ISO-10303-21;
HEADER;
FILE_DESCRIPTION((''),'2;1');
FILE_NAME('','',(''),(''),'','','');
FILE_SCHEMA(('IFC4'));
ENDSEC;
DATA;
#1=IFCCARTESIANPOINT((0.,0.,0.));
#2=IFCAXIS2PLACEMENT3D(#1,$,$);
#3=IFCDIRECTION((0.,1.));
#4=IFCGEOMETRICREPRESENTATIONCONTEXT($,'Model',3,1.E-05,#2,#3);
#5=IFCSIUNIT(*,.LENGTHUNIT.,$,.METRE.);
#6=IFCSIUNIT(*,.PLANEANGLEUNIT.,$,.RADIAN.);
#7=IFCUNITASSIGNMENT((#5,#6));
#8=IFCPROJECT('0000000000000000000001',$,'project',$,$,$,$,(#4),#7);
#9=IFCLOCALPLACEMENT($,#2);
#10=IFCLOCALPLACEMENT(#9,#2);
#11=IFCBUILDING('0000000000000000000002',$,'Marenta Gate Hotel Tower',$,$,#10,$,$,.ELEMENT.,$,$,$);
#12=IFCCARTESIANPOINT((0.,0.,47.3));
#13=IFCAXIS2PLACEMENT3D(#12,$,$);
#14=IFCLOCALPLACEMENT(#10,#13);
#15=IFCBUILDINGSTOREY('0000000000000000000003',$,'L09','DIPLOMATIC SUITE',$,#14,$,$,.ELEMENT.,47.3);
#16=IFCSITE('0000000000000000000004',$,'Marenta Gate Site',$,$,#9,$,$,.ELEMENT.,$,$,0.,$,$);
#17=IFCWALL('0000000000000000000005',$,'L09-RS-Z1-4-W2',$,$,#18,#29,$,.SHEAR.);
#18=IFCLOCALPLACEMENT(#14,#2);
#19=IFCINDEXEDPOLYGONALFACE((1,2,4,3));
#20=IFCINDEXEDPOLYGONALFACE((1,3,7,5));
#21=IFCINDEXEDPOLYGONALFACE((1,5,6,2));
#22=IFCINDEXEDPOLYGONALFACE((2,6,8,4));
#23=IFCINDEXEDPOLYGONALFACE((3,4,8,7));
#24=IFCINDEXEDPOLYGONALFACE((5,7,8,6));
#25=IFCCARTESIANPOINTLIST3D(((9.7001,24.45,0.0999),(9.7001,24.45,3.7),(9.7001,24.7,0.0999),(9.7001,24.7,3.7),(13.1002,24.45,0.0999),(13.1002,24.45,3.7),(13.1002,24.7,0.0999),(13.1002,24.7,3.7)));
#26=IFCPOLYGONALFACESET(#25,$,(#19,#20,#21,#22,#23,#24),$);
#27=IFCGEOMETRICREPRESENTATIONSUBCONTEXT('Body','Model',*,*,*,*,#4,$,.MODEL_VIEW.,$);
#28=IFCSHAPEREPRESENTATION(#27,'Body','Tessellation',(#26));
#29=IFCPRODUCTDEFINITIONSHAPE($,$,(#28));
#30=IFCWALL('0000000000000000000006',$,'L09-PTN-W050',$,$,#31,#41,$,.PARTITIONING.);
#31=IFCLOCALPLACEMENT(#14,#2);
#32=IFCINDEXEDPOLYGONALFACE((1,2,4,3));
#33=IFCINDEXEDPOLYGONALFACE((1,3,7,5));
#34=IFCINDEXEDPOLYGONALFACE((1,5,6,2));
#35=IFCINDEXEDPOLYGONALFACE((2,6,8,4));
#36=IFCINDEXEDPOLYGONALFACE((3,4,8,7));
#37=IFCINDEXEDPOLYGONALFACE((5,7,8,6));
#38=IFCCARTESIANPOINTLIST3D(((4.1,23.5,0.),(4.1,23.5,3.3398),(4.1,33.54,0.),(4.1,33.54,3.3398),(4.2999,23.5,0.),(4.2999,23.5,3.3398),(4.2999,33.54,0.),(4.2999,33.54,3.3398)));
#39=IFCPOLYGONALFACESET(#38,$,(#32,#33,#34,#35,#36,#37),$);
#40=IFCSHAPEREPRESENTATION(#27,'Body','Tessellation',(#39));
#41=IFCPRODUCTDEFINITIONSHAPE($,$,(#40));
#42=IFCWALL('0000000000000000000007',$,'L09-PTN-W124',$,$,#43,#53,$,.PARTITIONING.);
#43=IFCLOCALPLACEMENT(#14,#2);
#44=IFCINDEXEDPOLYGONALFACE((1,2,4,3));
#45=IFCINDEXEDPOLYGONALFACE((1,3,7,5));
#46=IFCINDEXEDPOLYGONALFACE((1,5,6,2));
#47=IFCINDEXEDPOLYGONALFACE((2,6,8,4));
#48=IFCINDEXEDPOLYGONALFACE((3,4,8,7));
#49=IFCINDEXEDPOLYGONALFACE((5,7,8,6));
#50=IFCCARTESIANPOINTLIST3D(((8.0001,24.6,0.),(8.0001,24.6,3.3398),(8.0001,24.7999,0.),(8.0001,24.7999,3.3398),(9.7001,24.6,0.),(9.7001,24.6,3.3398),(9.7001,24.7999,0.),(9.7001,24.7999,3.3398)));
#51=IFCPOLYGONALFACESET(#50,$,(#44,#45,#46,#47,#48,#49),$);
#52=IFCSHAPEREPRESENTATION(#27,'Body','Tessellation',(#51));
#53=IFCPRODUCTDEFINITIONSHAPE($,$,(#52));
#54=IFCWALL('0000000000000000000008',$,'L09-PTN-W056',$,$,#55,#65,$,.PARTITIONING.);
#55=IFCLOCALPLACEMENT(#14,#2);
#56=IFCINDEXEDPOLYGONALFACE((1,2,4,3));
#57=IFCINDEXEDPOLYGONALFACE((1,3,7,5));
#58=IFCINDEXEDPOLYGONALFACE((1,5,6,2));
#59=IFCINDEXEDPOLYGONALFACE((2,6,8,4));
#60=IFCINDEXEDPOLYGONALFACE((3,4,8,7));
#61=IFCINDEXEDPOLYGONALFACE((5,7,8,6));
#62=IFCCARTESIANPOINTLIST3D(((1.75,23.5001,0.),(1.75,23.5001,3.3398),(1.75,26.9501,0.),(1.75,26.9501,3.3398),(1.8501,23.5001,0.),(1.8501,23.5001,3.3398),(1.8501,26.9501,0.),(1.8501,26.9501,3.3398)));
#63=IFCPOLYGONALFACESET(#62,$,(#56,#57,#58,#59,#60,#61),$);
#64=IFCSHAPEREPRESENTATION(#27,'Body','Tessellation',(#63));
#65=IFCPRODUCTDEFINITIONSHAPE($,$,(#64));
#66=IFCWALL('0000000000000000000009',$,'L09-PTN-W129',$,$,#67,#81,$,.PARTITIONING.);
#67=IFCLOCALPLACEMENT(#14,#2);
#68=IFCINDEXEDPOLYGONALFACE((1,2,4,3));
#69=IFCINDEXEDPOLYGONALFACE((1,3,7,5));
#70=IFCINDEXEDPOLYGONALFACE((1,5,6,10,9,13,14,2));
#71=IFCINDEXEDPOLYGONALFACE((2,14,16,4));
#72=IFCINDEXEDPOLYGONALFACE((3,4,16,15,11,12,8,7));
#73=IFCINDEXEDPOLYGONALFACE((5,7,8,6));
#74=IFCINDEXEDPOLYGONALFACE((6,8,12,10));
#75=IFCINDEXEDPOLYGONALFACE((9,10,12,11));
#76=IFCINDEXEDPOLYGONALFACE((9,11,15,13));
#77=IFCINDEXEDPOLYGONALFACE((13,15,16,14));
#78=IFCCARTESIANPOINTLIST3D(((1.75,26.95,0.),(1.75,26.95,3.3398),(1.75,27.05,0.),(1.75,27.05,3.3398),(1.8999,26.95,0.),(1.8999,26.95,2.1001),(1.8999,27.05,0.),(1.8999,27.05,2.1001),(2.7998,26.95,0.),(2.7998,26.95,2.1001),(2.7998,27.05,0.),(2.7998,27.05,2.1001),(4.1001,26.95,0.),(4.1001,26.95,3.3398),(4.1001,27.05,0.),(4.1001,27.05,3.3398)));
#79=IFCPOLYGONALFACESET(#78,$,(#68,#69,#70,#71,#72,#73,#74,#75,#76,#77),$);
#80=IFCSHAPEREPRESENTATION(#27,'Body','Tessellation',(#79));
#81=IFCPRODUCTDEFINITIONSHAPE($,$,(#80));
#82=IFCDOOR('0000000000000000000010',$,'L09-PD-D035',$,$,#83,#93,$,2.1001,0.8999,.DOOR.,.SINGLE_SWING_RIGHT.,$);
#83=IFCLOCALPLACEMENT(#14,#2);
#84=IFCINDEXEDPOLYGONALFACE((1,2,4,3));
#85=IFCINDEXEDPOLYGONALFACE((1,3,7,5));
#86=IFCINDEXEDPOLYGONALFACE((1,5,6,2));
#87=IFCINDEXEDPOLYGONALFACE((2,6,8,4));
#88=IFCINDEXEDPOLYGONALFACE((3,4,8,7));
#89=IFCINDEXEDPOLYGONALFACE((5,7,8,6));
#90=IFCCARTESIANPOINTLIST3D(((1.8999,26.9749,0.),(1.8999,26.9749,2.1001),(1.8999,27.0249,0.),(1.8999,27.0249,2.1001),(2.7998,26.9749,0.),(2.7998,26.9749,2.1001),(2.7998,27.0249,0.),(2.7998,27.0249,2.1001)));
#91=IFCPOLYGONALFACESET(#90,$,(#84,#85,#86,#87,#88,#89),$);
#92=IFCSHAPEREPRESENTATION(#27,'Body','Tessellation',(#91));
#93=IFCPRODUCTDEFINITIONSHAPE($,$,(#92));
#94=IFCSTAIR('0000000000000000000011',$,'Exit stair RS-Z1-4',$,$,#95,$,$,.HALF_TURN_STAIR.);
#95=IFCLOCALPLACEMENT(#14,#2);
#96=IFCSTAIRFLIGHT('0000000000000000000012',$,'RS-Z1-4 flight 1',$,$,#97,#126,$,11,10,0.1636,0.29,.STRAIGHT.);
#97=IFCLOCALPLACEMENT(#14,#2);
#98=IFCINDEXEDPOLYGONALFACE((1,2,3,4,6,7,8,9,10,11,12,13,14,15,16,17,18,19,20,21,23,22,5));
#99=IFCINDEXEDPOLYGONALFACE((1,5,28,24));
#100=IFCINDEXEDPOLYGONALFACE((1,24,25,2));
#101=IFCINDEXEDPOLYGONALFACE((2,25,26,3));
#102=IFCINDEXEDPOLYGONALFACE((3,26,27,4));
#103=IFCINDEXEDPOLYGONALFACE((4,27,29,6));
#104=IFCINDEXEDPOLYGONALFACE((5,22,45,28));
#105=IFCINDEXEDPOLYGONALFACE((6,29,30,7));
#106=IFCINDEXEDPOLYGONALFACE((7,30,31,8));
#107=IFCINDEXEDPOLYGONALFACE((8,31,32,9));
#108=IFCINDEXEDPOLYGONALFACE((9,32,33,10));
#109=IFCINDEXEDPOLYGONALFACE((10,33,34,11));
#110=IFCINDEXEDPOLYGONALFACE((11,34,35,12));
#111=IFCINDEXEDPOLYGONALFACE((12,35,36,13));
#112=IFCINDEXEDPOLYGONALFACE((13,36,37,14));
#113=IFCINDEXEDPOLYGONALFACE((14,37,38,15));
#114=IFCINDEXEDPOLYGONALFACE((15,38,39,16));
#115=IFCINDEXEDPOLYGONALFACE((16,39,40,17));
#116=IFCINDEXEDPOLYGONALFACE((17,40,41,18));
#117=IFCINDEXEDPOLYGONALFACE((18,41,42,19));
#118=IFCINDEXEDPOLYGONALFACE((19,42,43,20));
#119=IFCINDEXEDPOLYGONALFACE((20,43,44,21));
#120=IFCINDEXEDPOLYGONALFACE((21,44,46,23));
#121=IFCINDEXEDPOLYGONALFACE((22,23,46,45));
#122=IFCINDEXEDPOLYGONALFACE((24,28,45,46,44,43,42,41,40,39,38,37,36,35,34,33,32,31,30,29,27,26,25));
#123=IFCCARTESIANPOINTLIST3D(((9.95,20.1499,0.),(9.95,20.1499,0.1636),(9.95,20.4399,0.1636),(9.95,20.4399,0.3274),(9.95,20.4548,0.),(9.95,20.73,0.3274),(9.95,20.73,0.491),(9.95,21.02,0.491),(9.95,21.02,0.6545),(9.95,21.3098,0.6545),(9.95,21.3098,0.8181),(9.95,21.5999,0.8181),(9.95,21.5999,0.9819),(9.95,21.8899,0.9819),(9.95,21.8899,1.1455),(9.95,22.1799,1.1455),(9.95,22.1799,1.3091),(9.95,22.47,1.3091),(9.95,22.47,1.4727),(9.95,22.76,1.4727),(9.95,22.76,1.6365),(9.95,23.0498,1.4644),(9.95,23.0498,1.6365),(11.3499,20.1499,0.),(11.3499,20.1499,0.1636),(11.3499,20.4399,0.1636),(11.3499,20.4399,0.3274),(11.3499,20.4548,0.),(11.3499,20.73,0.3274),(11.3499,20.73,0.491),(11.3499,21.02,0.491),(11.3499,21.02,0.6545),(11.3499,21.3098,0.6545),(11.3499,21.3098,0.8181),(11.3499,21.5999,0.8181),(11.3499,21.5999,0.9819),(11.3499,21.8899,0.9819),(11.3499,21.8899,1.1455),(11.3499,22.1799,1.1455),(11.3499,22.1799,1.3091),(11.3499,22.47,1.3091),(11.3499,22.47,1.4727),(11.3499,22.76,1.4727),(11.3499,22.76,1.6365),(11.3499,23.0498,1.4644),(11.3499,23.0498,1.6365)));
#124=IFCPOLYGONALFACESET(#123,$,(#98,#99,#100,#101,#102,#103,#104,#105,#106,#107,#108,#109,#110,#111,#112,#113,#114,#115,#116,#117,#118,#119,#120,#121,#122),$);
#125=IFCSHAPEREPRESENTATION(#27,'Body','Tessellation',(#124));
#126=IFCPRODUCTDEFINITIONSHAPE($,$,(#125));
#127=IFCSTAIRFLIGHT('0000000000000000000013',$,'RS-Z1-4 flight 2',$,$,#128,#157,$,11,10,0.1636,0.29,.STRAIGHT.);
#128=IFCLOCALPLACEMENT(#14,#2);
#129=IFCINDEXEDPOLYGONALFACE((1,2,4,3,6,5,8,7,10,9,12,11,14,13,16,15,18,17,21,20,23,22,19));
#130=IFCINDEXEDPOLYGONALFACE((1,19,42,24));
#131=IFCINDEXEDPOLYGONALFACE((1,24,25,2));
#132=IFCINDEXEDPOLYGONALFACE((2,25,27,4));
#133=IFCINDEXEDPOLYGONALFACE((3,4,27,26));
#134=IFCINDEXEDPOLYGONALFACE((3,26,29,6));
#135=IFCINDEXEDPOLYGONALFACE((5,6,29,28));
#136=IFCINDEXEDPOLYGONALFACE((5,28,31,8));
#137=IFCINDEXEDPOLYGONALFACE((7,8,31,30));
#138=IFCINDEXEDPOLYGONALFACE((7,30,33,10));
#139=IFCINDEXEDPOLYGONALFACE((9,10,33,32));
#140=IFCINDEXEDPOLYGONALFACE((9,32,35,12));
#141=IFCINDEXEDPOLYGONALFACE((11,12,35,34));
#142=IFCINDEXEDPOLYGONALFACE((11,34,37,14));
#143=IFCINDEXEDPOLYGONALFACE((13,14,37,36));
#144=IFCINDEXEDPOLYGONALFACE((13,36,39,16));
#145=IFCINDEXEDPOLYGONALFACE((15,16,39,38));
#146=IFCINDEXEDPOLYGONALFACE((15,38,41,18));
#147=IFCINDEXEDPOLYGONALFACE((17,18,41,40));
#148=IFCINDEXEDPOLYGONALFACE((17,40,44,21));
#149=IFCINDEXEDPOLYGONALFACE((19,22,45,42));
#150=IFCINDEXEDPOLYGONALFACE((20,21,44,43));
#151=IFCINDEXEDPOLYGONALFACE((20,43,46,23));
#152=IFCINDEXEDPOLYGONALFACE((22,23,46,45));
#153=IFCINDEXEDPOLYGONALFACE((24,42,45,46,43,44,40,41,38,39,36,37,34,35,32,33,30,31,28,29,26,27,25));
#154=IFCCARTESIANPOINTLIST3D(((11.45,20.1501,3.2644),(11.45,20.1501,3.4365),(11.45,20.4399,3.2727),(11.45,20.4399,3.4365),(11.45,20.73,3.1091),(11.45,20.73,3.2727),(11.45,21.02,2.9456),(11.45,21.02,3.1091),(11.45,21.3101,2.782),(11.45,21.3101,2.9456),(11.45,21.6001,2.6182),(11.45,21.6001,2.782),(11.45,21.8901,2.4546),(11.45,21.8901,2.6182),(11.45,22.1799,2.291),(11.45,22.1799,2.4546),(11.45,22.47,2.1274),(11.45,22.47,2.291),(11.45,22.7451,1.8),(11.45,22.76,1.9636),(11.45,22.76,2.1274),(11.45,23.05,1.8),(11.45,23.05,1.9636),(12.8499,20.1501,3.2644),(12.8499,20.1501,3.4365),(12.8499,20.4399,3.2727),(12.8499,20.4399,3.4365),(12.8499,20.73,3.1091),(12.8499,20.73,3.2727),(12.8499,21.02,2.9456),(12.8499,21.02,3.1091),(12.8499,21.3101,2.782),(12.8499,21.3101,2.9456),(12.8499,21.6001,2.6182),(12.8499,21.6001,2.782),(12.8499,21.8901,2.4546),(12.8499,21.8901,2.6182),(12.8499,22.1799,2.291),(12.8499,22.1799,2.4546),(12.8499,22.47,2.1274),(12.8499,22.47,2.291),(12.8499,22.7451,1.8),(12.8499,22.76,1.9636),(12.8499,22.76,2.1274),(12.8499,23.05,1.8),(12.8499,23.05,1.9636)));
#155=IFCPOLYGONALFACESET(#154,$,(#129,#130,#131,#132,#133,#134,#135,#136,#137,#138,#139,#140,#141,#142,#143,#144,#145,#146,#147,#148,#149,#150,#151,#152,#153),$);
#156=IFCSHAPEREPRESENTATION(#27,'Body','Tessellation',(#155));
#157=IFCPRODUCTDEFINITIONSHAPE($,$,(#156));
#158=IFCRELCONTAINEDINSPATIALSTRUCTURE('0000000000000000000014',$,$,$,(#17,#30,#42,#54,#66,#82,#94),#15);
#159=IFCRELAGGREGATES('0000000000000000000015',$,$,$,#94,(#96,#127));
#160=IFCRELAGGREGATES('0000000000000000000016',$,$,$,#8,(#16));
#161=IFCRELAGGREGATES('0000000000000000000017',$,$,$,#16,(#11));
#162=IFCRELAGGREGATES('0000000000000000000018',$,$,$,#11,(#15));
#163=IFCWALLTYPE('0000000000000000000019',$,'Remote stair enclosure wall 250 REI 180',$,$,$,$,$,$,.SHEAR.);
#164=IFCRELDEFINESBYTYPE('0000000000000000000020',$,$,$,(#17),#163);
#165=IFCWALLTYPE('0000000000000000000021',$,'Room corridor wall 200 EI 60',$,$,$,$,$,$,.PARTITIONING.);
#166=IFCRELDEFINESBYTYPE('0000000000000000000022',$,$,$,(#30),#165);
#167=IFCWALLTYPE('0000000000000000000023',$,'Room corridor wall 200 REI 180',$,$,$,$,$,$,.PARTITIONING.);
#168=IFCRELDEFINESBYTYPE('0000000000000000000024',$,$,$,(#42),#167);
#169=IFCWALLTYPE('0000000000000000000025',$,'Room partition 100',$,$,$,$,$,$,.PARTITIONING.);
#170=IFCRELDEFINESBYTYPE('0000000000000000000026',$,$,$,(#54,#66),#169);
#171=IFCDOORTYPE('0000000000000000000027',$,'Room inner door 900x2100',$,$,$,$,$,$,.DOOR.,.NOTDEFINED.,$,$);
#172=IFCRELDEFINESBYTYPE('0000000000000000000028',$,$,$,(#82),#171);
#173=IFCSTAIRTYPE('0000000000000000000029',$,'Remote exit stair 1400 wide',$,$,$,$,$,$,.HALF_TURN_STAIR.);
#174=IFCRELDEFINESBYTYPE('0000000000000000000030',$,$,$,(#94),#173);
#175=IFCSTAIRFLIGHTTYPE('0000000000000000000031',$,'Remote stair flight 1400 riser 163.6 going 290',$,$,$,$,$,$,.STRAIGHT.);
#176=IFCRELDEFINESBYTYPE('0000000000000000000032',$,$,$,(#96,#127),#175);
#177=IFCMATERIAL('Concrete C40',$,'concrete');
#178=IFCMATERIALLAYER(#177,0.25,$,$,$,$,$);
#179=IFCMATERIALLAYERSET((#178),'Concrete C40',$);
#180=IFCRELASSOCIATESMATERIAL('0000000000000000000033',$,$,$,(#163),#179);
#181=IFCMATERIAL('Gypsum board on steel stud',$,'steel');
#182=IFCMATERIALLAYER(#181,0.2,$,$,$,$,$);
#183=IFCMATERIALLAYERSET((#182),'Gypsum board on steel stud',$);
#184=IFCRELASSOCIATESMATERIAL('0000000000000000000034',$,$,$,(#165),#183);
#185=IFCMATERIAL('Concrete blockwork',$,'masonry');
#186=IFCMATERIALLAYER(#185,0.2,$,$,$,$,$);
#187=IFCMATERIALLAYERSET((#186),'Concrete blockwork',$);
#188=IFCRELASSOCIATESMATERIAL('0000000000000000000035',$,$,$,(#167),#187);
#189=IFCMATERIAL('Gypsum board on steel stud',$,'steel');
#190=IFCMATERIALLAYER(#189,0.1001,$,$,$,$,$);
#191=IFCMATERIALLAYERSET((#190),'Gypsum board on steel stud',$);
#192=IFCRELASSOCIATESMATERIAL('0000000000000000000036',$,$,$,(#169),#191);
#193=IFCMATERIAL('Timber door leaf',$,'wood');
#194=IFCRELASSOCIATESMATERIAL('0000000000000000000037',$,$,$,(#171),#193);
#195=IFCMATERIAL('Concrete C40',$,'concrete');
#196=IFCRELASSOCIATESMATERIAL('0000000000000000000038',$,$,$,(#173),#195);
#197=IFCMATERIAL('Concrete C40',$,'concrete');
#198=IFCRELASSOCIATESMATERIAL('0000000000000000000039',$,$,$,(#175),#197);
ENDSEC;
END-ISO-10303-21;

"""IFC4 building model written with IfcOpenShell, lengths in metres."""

from ifc_helpers import new_model, si_unit, direction, frame, frame_2d, origin, place, context, subcontext, project, spatial, polyline, rectangle, outline, extrude, material, layer, layer_set, type_object, element, fill, aggregate, save


model = new_model("IFC4")

# Units and contexts
model_context = context("Model", 3, precision=1e-05, world=origin(), true_north=direction((0.0, 1.0)))
body_context = subcontext(model_context, "Body", "Model", "MODEL_VIEW")
ifc_project = project(units=[si_unit("LENGTHUNIT", "METRE"), si_unit("PLANEANGLEUNIT", "RADIAN")], contexts=[model_context])

# Site, building, storey
site_placement = place(None, origin())
site = spatial("IfcSite", under=ifc_project, at=site_placement, Name="Marenta Gate Site", CompositionType="ELEMENT", RefElevation=0.0)
building_placement = place(site_placement, origin())
building = spatial("IfcBuilding", under=site, at=building_placement, Name="Marenta Gate Hotel Tower", CompositionType="ELEMENT")
storey_placement = place(building_placement, frame((0.0, 0.0, 47.3)))
storey = spatial("IfcBuildingStorey", under=building, at=storey_placement, Name="L09", Description="DIPLOMATIC SUITE", CompositionType="ELEMENT", Elevation=47.3)

# Walls
ifc_material_1 = material(Name="Concrete C40", Category="concrete")
ifc_layer_1 = layer(ifc_material_1, 0.25)
ifc_layer_set_1 = layer_set([ifc_layer_1], Name="Concrete C40")
wall_type_1 = type_object("IfcWallType", Name="Remote stair enclosure wall 250 REI 180", PredefinedType="SHEAR", material=ifc_layer_set_1)
wall_1_placement = place(storey_placement, frame((9.7, 24.575, 0.0999), z_axis=(0.0, 0.0, 1.0), x_axis=(1.0, 0.0, 0.0)))
element("IfcWall", 1, at=wall_1_placement, inside=storey, type_object=wall_type_1, Name="L09-RS-Z1-4-W2", PredefinedType="SHEAR", context=body_context, shape_type="SweptSolid", body=[
    extrude(rectangle(XDim=3.4001, YDim=0.25, at=frame_2d((1.7002, 0.0))), origin(), (0.0, 0.0, 1.0), 3.6001),
])
ifc_material_2 = material(Name="Gypsum board on steel stud", Category="steel")
ifc_layer_2 = layer(ifc_material_2, 0.2)
ifc_layer_set_2 = layer_set([ifc_layer_2], Name="Gypsum board on steel stud")
wall_type_2 = type_object("IfcWallType", Name="Room corridor wall 200 EI 60", PredefinedType="PARTITIONING", material=ifc_layer_set_2)
wall_2_placement = place(storey_placement, frame((4.2, 23.5, 0.0), z_axis=(0.0, 0.0, 1.0), x_axis=(0.0, 1.0, 0.0)))
element("IfcWall", 2, at=wall_2_placement, inside=storey, type_object=wall_type_2, Name="L09-PTN-W050", PredefinedType="PARTITIONING", context=body_context, shape_type="SweptSolid", body=[
    extrude(rectangle(XDim=10.04, YDim=0.2, at=frame_2d((5.02, 0.0))), origin(), (0.0, 0.0, 1.0), 3.3398),
])

# Shared definitions
ifc_material_3 = material(Name="Concrete blockwork", Category="masonry")
ifc_layer_3 = layer(ifc_material_3, 0.2)
ifc_layer_set_3 = layer_set([ifc_layer_3], Name="Concrete blockwork")
wall_type_3 = type_object("IfcWallType", Name="Room corridor wall 200 REI 180", PredefinedType="PARTITIONING", material=ifc_layer_set_3)

# Walls
wall_3_placement = place(storey_placement, frame((8.0, 24.7, 0.0), z_axis=(0.0, 0.0, 1.0), x_axis=(1.0, 0.0, 0.0)))
element("IfcWall", 3, at=wall_3_placement, inside=storey, type_object=wall_type_3, Name="L09-PTN-W124", PredefinedType="PARTITIONING", context=body_context, shape_type="SweptSolid", body=[
    extrude(rectangle(XDim=1.7, YDim=0.2, at=frame_2d((0.8501, 0.0))), origin(), (0.0, 0.0, 1.0), 3.3398),
])
ifc_material_4 = material(Name="Gypsum board on steel stud", Category="steel")
ifc_layer_4 = layer(ifc_material_4, 0.1001)
ifc_layer_set_4 = layer_set([ifc_layer_4], Name="Gypsum board on steel stud")
wall_type_4 = type_object("IfcWallType", Name="Room partition 100", PredefinedType="PARTITIONING", material=ifc_layer_set_4)
wall_4_placement = place(storey_placement, frame((1.8, 23.5, 0.0), z_axis=(0.0, 0.0, 1.0), x_axis=(0.0, 1.0, 0.0)))
element("IfcWall", 4, at=wall_4_placement, inside=storey, type_object=wall_type_4, Name="L09-PTN-W056", PredefinedType="PARTITIONING", context=body_context, shape_type="SweptSolid", body=[
    extrude(rectangle(XDim=3.45, YDim=0.1001, at=frame_2d((1.7251, 0.0))), origin(), (0.0, 0.0, 1.0), 3.3398),
])

# Wall, opening, door
wall_5_placement = place(storey_placement, frame((1.75, 27.0, 0.0), z_axis=(0.0, 0.0, 1.0), x_axis=(1.0, 0.0, 0.0)))
wall_5 = element("IfcWall", 5, at=wall_5_placement, inside=storey, type_object=wall_type_4, Name="L09-PTN-W129", PredefinedType="PARTITIONING", context=body_context, shape_type="SweptSolid", body=[
    extrude(rectangle(XDim=2.3501, YDim=0.1001, at=frame_2d((1.175, 0.0))), origin(), (0.0, 0.0, 1.0), 3.3398),
])
opening_1_placement = place(wall_5_placement, frame((0.1499, 0.0, 0.0)))
opening_1 = element("IfcOpeningElement", 6, at=opening_1_placement, cuts=wall_5, PredefinedType="OPENING", context=body_context, shape_type="SweptSolid", body=[
    extrude(rectangle(XDim=0.8999, YDim=2.1001, at=frame_2d((0.45, 1.05))), frame((0.0, 0.05, 0.0), z_axis=(0.0, -1.0, 0.0), x_axis=(1.0, 0.0, 0.0)), (0.0, 0.0, 1.0), 0.1001),
])
ifc_material_5 = material(Name="Timber door leaf", Category="wood")
door_type_1 = type_object("IfcDoorType", Name="Room inner door 900x2100", OperationType="NOTDEFINED", PredefinedType="DOOR", material=ifc_material_5)
door_1_placement = place(opening_1_placement, origin())
door_1 = element("IfcDoor", 7, at=door_1_placement, inside=storey, type_object=door_type_1, Name="L09-PD-D035", OperationType="SINGLE_SWING_RIGHT", OverallHeight=2.1001, OverallWidth=0.8999, PredefinedType="DOOR", context=body_context, shape_type="SweptSolid", body=[
    extrude(rectangle(XDim=0.8999, YDim=2.1001, at=frame_2d((0.45, 1.05))), frame((0.0, 0.0249, 0.0), z_axis=(0.0, -1.0, 0.0), x_axis=(1.0, 0.0, 0.0)), (0.0, 0.0, 1.0), 0.05),
])
fill(opening_1, door_1)

# Stair, stair flights
ifc_material_6 = material(Name="Concrete C40", Category="concrete")
stair_type = type_object("IfcStairType", Name="Remote exit stair 1400 wide", PredefinedType="HALF_TURN_STAIR", material=ifc_material_6)
stair_placement = place(storey_placement, origin())
stair = element("IfcStair", 8, at=stair_placement, inside=storey, type_object=stair_type, Name="Exit stair RS-Z1-4", PredefinedType="HALF_TURN_STAIR")
ifc_material_7 = material(Name="Concrete C40", Category="concrete")
stair_flight_type = type_object("IfcStairFlightType", Name="Remote stair flight 1400 riser 163.6 going 290", PredefinedType="STRAIGHT", material=ifc_material_7)
stair_flight_1_placement = place(storey_placement, frame((10.6499, 20.1499, 0.0), z_axis=(0.0, 0.0, 1.0), x_axis=(0.0, 1.0, 0.0)))
stair_flight_1 = element("IfcStairFlight", 9, at=stair_flight_1_placement, type_object=stair_flight_type, Name="RS-Z1-4 flight 1", NumberOfRisers=11, NumberOfTreads=10, PredefinedType="STRAIGHT", RiserHeight=0.1636, TreadLength=0.29, context=body_context, shape_type="SweptSolid", body=[
    extrude(outline(polyline([(0.0, 0.0), (0.0, 0.1636), (0.29, 0.1636), (0.29, 0.3274), (0.5801, 0.3274), (0.5801, 0.491), (0.8701, 0.491), (0.8701, 0.6545), (1.1599, 0.6545), (1.1599, 0.8181), (1.45, 0.8181), (1.45, 0.9819), (1.74, 0.9819), (1.74, 1.1455), (2.03, 1.1455), (2.03, 1.3091), (2.3201, 1.3091), (2.3201, 1.4727), (2.6101, 1.4727), (2.6101, 1.6365), (2.8999, 1.6365), (2.8999, 1.8), (2.8999, 1.4644), (0.3049, 0.0), (0.0, 0.0)])), frame((0.0, 0.7, 0.0), z_axis=(0.0, -1.0, 0.0), x_axis=(1.0, 0.0, 0.0)), (0.0, 0.0, 1.0), 1.3999),
])
stair_flight_2_placement = place(storey_placement, frame((12.1499, 23.05, 1.8), z_axis=(0.0, 0.0, 1.0), x_axis=(0.0, -1.0, 0.0)))
stair_flight_2 = element("IfcStairFlight", 10, at=stair_flight_2_placement, type_object=stair_flight_type, Name="RS-Z1-4 flight 2", NumberOfRisers=11, NumberOfTreads=10, PredefinedType="STRAIGHT", RiserHeight=0.1636, TreadLength=0.29, context=body_context, shape_type="SweptSolid", body=[
    extrude(outline(polyline([(0.0, 0.0), (0.0, 0.1636), (0.29, 0.1636), (0.29, 0.3274), (0.5801, 0.3274), (0.5801, 0.491), (0.8701, 0.491), (0.8701, 0.6545), (1.1599, 0.6545), (1.1599, 0.8181), (1.45, 0.8181), (1.45, 0.9819), (1.74, 0.9819), (1.74, 1.1455), (2.03, 1.1455), (2.03, 1.3091), (2.3201, 1.3091), (2.3201, 1.4727), (2.6101, 1.4727), (2.6101, 1.6365), (2.8999, 1.6365), (2.8999, 1.8), (2.8999, 1.4644), (0.3049, 0.0), (0.0, 0.0)])), frame((0.0, 0.7, 0.0), z_axis=(0.0, -1.0, 0.0), x_axis=(1.0, 0.0, 0.0)), (0.0, 0.0, 1.0), 1.3999),
])
aggregate(stair, [stair_flight_1, stair_flight_2])

save(model, "model.ifc")
